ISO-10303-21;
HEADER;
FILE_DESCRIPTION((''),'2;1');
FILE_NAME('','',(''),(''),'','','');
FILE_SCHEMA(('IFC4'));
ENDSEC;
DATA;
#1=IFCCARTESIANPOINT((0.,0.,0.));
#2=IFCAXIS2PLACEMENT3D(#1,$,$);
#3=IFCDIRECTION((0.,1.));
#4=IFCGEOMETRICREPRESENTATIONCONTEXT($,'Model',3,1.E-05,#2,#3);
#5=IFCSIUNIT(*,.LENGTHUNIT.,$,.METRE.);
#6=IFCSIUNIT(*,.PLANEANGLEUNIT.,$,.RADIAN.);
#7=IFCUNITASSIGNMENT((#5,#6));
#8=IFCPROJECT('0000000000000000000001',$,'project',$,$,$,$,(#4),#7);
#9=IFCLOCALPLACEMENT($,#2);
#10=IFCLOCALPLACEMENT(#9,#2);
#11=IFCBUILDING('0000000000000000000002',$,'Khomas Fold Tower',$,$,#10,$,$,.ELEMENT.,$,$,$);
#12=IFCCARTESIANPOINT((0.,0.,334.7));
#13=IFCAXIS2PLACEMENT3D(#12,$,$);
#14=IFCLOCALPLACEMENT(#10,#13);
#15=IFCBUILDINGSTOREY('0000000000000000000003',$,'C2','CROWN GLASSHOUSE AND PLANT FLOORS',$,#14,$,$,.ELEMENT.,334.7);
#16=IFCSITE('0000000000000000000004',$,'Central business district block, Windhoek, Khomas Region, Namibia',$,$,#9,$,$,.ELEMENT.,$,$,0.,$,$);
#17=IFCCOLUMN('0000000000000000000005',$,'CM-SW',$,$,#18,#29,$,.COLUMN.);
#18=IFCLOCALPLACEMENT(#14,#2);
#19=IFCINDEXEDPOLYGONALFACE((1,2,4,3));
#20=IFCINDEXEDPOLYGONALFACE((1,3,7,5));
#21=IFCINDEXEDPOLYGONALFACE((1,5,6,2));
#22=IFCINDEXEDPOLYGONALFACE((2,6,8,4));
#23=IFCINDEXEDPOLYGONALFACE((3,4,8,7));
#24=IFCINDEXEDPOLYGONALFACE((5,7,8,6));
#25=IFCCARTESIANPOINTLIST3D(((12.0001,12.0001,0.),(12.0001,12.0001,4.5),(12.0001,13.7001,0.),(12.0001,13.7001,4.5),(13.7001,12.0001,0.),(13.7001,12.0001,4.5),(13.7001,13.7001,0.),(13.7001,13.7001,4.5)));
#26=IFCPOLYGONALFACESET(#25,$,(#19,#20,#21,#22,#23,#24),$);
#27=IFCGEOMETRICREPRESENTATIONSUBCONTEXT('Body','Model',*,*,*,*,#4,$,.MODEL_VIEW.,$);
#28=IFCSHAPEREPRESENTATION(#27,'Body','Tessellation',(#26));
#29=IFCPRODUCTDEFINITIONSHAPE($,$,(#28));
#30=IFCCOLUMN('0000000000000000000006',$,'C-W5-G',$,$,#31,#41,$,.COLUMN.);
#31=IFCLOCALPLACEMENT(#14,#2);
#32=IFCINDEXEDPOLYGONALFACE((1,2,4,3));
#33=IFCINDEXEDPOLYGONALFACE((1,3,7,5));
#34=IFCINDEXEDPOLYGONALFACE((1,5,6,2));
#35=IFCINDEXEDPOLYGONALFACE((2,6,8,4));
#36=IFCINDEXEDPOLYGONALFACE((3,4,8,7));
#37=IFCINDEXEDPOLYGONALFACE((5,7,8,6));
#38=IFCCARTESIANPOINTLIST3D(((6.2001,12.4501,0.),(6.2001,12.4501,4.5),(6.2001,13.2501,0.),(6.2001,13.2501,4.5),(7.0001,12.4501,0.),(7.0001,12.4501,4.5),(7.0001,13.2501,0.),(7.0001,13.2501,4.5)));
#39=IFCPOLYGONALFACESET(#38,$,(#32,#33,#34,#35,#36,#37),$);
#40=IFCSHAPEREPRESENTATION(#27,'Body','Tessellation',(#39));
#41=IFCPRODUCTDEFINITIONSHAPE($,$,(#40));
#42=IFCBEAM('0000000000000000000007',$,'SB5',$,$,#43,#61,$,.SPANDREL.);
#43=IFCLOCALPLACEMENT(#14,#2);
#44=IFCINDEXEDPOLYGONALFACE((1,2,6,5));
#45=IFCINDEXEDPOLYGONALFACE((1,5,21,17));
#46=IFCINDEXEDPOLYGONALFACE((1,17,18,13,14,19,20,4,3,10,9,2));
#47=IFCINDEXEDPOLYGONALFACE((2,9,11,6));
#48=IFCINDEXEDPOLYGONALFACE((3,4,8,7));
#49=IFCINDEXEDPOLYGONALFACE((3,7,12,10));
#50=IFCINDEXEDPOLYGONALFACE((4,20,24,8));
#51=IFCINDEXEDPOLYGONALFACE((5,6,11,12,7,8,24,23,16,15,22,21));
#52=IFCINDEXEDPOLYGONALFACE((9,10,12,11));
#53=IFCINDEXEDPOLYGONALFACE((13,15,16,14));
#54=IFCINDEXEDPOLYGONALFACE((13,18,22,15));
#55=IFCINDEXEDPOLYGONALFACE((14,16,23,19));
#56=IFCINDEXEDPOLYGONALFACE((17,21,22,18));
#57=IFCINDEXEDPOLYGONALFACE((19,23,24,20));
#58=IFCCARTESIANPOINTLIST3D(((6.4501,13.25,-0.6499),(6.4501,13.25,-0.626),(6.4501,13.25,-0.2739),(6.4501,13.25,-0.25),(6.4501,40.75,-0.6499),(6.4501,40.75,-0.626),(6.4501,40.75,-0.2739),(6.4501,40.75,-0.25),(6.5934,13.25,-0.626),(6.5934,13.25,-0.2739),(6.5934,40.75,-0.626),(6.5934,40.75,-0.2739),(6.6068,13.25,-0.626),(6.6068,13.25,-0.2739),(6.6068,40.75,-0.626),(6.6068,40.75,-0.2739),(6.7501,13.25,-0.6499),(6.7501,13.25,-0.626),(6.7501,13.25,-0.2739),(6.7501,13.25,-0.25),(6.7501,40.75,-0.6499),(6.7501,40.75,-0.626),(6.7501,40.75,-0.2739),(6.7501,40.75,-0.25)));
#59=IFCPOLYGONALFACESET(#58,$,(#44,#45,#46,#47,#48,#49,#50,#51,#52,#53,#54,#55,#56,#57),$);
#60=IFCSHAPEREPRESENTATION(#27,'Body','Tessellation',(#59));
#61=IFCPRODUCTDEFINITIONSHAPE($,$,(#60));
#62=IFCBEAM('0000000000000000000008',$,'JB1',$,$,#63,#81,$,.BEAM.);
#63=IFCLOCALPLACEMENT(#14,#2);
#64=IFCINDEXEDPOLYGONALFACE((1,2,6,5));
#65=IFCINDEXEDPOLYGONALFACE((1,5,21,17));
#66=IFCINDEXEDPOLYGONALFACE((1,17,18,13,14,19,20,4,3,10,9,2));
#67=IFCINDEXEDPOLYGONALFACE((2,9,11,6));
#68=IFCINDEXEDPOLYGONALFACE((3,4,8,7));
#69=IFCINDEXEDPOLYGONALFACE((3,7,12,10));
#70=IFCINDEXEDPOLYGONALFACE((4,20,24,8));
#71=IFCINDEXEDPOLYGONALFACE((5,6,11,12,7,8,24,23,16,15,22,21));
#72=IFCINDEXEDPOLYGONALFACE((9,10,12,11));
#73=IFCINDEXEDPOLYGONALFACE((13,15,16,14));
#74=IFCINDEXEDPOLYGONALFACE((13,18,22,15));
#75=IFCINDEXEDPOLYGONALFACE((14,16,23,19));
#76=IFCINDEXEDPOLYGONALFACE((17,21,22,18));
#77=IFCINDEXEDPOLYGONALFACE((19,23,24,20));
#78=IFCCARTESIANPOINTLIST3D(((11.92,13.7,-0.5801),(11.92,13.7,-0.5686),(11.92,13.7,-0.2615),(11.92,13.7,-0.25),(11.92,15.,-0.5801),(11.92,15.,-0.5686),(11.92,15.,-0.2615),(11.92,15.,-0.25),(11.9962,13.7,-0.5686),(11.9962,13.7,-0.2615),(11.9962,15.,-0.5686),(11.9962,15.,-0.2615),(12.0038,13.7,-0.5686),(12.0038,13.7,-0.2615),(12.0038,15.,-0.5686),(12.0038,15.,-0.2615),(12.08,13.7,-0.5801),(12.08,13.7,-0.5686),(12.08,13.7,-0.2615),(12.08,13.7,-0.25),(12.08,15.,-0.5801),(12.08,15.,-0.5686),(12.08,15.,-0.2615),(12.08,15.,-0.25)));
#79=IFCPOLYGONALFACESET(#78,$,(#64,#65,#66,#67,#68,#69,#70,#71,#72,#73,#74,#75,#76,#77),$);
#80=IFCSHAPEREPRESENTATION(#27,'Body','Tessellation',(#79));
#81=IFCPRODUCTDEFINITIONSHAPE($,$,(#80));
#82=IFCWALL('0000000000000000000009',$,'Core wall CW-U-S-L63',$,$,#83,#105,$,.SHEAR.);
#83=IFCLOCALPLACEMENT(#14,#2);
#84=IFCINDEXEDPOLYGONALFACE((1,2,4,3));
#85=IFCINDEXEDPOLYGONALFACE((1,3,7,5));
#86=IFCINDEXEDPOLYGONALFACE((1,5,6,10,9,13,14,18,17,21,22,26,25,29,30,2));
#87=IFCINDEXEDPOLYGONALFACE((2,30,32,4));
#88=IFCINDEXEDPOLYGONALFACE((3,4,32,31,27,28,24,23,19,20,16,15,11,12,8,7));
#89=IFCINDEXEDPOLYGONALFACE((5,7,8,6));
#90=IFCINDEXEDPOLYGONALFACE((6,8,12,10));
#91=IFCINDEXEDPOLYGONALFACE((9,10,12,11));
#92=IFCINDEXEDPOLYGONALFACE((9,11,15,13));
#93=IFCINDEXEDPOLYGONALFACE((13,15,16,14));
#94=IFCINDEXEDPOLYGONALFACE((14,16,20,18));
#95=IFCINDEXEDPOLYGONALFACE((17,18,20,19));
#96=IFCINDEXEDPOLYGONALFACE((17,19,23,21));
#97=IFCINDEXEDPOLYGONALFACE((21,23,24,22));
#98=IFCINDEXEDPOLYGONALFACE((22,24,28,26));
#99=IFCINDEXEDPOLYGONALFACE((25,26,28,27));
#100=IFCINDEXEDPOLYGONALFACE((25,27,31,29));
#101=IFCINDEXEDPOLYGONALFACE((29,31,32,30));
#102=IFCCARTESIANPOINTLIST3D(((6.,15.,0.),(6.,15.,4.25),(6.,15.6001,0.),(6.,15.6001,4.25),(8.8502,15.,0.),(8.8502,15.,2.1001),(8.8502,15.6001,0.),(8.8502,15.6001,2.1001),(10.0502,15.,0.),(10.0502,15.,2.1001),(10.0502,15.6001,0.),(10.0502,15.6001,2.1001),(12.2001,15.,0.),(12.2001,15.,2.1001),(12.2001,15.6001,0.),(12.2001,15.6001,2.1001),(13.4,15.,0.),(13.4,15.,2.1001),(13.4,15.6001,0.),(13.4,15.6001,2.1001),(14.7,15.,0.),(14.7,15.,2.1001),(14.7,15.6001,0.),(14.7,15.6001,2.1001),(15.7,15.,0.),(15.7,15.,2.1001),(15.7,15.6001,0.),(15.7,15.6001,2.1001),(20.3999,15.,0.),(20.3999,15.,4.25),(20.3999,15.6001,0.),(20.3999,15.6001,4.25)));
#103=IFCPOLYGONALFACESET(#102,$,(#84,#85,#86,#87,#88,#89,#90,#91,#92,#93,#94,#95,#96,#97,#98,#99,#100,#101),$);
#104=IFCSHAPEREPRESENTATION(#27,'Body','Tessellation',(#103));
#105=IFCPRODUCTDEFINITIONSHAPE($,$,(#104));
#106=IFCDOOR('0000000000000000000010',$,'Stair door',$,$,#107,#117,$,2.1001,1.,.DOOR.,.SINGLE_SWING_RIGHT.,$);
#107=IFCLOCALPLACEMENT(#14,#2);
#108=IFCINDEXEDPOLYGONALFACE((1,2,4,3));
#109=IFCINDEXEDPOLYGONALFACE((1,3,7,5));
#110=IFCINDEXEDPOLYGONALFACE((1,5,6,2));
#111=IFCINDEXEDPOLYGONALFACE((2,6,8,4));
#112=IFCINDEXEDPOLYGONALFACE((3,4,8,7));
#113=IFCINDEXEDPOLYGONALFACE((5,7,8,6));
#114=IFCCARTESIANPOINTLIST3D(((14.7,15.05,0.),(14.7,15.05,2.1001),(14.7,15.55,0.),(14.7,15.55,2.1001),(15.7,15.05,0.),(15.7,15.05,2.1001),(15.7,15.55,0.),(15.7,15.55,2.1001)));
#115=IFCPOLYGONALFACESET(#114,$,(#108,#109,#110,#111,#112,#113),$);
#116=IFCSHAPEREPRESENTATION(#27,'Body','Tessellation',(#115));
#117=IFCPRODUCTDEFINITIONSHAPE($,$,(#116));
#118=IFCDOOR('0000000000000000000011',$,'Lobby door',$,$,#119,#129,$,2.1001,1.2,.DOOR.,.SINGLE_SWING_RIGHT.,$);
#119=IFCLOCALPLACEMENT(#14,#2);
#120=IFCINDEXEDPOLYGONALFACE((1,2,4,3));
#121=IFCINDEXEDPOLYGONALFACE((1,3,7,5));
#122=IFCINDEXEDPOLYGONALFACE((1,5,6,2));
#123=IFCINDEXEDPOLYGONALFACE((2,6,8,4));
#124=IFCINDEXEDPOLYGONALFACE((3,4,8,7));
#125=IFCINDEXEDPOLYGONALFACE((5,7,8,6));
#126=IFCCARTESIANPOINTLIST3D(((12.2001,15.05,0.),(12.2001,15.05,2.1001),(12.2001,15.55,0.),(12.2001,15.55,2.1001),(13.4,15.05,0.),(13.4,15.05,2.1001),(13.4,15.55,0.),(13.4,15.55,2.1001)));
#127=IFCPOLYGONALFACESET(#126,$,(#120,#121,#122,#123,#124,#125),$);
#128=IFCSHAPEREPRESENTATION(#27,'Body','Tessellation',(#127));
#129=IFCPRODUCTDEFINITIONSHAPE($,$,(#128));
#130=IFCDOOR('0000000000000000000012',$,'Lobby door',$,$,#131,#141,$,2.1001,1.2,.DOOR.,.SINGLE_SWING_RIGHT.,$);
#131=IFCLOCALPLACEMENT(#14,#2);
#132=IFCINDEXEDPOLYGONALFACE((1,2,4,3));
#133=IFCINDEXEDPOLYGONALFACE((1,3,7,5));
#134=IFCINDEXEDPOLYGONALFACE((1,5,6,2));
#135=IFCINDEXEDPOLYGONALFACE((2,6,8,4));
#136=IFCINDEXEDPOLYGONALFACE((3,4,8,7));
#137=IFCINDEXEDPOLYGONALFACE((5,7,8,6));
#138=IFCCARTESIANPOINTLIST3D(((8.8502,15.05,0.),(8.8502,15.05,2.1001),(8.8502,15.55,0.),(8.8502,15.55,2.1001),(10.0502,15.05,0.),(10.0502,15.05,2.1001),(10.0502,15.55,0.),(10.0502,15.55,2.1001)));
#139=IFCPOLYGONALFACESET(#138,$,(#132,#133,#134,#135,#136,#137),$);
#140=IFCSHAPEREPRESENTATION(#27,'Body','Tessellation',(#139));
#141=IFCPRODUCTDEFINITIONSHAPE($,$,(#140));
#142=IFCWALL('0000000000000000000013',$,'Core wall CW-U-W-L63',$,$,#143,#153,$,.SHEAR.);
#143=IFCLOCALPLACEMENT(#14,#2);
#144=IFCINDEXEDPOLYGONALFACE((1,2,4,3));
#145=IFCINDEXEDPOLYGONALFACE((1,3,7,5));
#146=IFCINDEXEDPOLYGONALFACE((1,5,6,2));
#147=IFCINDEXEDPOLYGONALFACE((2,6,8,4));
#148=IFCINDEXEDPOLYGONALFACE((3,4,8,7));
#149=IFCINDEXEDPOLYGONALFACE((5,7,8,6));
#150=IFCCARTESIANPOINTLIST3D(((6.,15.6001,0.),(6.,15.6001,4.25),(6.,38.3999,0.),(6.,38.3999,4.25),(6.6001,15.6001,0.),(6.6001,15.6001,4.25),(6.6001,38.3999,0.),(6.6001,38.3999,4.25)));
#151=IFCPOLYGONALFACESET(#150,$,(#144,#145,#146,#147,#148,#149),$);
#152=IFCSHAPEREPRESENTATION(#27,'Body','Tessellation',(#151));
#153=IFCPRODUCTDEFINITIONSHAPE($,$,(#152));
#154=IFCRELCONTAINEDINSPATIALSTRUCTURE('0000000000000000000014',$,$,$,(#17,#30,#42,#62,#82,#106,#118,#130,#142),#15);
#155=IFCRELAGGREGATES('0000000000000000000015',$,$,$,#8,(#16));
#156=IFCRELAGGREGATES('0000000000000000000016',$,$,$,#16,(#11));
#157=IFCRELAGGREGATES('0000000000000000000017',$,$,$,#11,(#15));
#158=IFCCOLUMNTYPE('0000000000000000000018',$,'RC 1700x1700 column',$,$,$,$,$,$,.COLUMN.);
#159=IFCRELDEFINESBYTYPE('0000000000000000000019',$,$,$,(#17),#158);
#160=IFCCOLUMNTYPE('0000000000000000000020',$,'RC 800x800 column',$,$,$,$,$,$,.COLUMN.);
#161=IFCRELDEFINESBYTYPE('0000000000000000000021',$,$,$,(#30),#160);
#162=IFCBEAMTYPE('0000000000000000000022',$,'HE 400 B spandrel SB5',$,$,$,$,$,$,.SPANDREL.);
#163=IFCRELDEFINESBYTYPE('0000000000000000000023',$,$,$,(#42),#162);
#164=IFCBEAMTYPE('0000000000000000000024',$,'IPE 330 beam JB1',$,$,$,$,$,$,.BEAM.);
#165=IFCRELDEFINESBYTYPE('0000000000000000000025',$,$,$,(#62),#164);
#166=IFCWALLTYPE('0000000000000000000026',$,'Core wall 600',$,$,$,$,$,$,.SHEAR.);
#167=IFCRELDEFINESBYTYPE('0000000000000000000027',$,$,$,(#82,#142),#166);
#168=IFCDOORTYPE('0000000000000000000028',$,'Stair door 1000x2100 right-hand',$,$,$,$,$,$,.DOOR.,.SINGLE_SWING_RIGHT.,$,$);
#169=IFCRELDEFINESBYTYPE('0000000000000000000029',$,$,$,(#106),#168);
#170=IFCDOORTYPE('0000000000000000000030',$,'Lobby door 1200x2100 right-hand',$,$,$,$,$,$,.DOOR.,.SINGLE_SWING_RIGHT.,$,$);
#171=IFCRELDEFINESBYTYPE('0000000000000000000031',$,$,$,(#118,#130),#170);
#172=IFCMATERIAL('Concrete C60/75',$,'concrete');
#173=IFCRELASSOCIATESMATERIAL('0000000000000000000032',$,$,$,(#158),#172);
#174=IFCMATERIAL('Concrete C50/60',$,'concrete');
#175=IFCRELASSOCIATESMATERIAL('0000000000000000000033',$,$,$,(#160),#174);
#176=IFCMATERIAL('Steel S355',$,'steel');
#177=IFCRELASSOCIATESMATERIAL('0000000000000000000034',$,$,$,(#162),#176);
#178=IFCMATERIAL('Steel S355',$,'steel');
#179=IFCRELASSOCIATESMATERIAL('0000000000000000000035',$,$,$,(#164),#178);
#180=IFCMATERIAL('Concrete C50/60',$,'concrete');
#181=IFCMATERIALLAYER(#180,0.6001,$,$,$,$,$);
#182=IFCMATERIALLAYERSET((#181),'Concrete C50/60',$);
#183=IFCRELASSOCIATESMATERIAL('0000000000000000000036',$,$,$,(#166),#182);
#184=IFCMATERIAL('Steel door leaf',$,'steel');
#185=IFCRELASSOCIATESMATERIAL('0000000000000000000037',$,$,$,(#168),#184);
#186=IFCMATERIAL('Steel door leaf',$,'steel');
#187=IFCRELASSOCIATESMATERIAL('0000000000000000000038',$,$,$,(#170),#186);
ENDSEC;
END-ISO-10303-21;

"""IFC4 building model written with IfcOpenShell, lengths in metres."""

from ifc_helpers import new_model, si_unit, direction, frame, frame_2d, origin, origin_2d, place, context, subcontext, project, spatial, rectangle, i_section, extrude, source, transform, mapped, material, layer, layer_set, material_profile, profile_set, type_object, element, fill, save


model = new_model("IFC4")

# Units and contexts
model_context = context("Model", 3, precision=1e-05, world=origin(), true_north=direction((0.0, 1.0)))
body_context = subcontext(model_context, "Body", "Model", "MODEL_VIEW")
ifc_project = project(units=[si_unit("LENGTHUNIT", "METRE"), si_unit("PLANEANGLEUNIT", "RADIAN")], contexts=[model_context])

# Site, building, storey
site_placement = place(None, origin())
site = spatial("IfcSite", under=ifc_project, at=site_placement, Name="Central business district block, Windhoek, Khomas Region, Namibia", CompositionType="ELEMENT", RefElevation=0.0)
building_placement = place(site_placement, origin())
building = spatial("IfcBuilding", under=site, at=building_placement, Name="Khomas Fold Tower", CompositionType="ELEMENT")
storey_placement = place(building_placement, frame((0.0, 0.0, 334.7)))
storey = spatial("IfcBuildingStorey", under=building, at=storey_placement, Name="C2", Description="CROWN GLASSHOUSE AND PLANT FLOORS", CompositionType="ELEMENT", Elevation=334.7)

# Columns
ifc_material_1 = material(Name="Concrete C60/75", Category="concrete")
ifc_material_profile_1 = material_profile(ifc_material_1, rectangle(XDim=1.7, YDim=1.7, at=origin_2d()), Name="RC 1700x1700")
ifc_profile_set_1 = profile_set([ifc_material_profile_1], Name="Concrete C60/75")
column_type_1 = type_object("IfcColumnType", Name="RC 1700x1700 column", PredefinedType="COLUMN", material=ifc_profile_set_1)
shared_shape_1 = source(origin(), body_context, "Body", "SweptSolid", [
    extrude(rectangle(XDim=1.7, YDim=1.7, at=origin_2d()), origin(), (0.0, 0.0, 1.0), 4.5),
])
column_1_placement = place(storey_placement, frame((12.8501, 12.8501, 0.0), z_axis=(0.0, 0.0, 1.0), x_axis=(1.0, 0.0, 0.0)))
element("IfcColumn", 1, at=column_1_placement, inside=storey, type_object=column_type_1, Name="CM-SW", PredefinedType="COLUMN", context=body_context, shape_type="MappedRepresentation", body=[
    mapped(shared_shape_1, transform((0.0, 0.0, 0.0))),
])
ifc_material_2 = material(Name="Concrete C50/60", Category="concrete")
ifc_material_profile_2 = material_profile(ifc_material_2, rectangle(XDim=0.8, YDim=0.8, at=origin_2d()), Name="RC 800x800")
ifc_profile_set_2 = profile_set([ifc_material_profile_2], Name="Concrete C50/60")
column_type_2 = type_object("IfcColumnType", Name="RC 800x800 column", PredefinedType="COLUMN", material=ifc_profile_set_2)
shared_shape_2 = source(origin(), body_context, "Body", "SweptSolid", [
    extrude(rectangle(XDim=0.8, YDim=0.8, at=origin_2d()), origin(), (0.0, 0.0, 1.0), 4.5),
])
column_2_placement = place(storey_placement, frame((6.6001, 12.8501, 0.0), z_axis=(0.0, 0.0, 1.0), x_axis=(1.0, 0.0, 0.0)))
element("IfcColumn", 2, at=column_2_placement, inside=storey, type_object=column_type_2, Name="C-W5-G", PredefinedType="COLUMN", context=body_context, shape_type="MappedRepresentation", body=[
    mapped(shared_shape_2, transform((0.0, 0.0, 0.0))),
])

# Beams
ifc_material_3 = material(Name="Steel S355", Category="steel")
ifc_material_profile_3 = material_profile(ifc_material_3, i_section(OverallWidth=0.3, OverallDepth=0.3999, WebThickness=0.0134, FlangeThickness=0.0239, at=origin_2d()), Name="HE 400 B")
ifc_profile_set_3 = profile_set([ifc_material_profile_3], Name="Steel S355")
beam_type_1 = type_object("IfcBeamType", Name="HE 400 B spandrel SB5", PredefinedType="SPANDREL", material=ifc_profile_set_3)
shared_shape_3 = source(origin(), body_context, "Body", "SweptSolid", [
    extrude(i_section(OverallWidth=0.3, OverallDepth=0.3999, WebThickness=0.0134, FlangeThickness=0.0239, at=origin_2d()), origin(), (0.0, 0.0, 1.0), 27.5),
])
beam_1_placement = place(storey_placement, frame((6.6001, 13.25, -0.45), z_axis=(0.0, 1.0, 0.0), x_axis=(-1.0, 0.0, 0.0)))
element("IfcBeam", 3, at=beam_1_placement, inside=storey, type_object=beam_type_1, Name="SB5", PredefinedType="SPANDREL", context=body_context, shape_type="MappedRepresentation", body=[
    mapped(shared_shape_3, transform((0.0, 0.0, 0.0))),
])
ifc_material_4 = material(Name="Steel S355", Category="steel")
ifc_material_profile_4 = material_profile(ifc_material_4, i_section(OverallWidth=0.1599, OverallDepth=0.3301, WebThickness=0.0076, FlangeThickness=0.0115, at=origin_2d()), Name="IPE 330")
ifc_profile_set_4 = profile_set([ifc_material_profile_4], Name="Steel S355")
beam_type_2 = type_object("IfcBeamType", Name="IPE 330 beam JB1", PredefinedType="BEAM", material=ifc_profile_set_4)
shared_shape_4 = source(origin(), body_context, "Body", "SweptSolid", [
    extrude(i_section(OverallWidth=0.1599, OverallDepth=0.3301, WebThickness=0.0076, FlangeThickness=0.0115, at=origin_2d()), origin(), (0.0, 0.0, 1.0), 1.3),
])
beam_2_placement = place(storey_placement, frame((12.0, 13.7, -0.415), z_axis=(0.0, 1.0, 0.0), x_axis=(-1.0, 0.0, 0.0)))
element("IfcBeam", 4, at=beam_2_placement, inside=storey, type_object=beam_type_2, Name="JB1", PredefinedType="BEAM", context=body_context, shape_type="MappedRepresentation", body=[
    mapped(shared_shape_4, transform((0.0, 0.0, 0.0))),
])

# Wall, openings, doors
ifc_material_5 = material(Name="Concrete C50/60", Category="concrete")
ifc_layer_1 = layer(ifc_material_5, 0.6001)
ifc_layer_set_1 = layer_set([ifc_layer_1], Name="Concrete C50/60")
wall_type_1 = type_object("IfcWallType", Name="Core wall 600", PredefinedType="SHEAR", material=ifc_layer_set_1)
shared_shape_5 = source(origin(), body_context, "Body", "SweptSolid", [
    extrude(rectangle(XDim=14.3999, YDim=0.6001, at=frame_2d((7.2, 0.0))), origin(), (0.0, 0.0, 1.0), 4.25),
])
wall_1_placement = place(storey_placement, frame((6.0, 15.3, 0.0), z_axis=(0.0, 0.0, 1.0), x_axis=(1.0, 0.0, 0.0)))
wall_1 = element("IfcWall", 5, at=wall_1_placement, inside=storey, type_object=wall_type_1, Name="Core wall CW-U-S-L63", PredefinedType="SHEAR", context=body_context, shape_type="MappedRepresentation", body=[
    mapped(shared_shape_5, transform((0.0, 0.0, 0.0))),
])
shared_shape_6 = source(origin(), body_context, "Body", "SweptSolid", [
    extrude(rectangle(XDim=1.2, YDim=2.1001, at=frame_2d((0.6001, 1.05))), frame((0.0, 0.3101, 0.0), z_axis=(0.0, -1.0, 0.0), x_axis=(1.0, 0.0, 0.0)), (0.0, 0.0, 1.0), 0.6201),
])
opening_1_placement = place(wall_1_placement, frame((6.2, 0.0, 0.0)))
opening_1 = element("IfcOpeningElement", 6, at=opening_1_placement, cuts=wall_1, PredefinedType="OPENING", context=body_context, shape_type="MappedRepresentation", body=[
    mapped(shared_shape_6, transform((0.0, 0.0, 0.0))),
])
opening_2_placement = place(wall_1_placement, frame((2.8501, 0.0, 0.0)))
opening_2 = element("IfcOpeningElement", 7, at=opening_2_placement, cuts=wall_1, PredefinedType="OPENING", context=body_context, shape_type="MappedRepresentation", body=[
    mapped(shared_shape_6, transform((0.0, 0.0, 0.0))),
])
shared_shape_7 = source(origin(), body_context, "Body", "SweptSolid", [
    extrude(rectangle(XDim=1.0, YDim=2.1001, at=frame_2d((0.5, 1.05))), frame((0.0, 0.3101, 0.0), z_axis=(0.0, -1.0, 0.0), x_axis=(1.0, 0.0, 0.0)), (0.0, 0.0, 1.0), 0.6201),
])
opening_3_placement = place(wall_1_placement, frame((8.7, 0.0, 0.0)))
opening_3 = element("IfcOpeningElement", 8, at=opening_3_placement, cuts=wall_1, PredefinedType="OPENING", context=body_context, shape_type="MappedRepresentation", body=[
    mapped(shared_shape_7, transform((0.0, 0.0, 0.0))),
])
ifc_material_6 = material(Name="Steel door leaf", Category="steel")
door_type_1 = type_object("IfcDoorType", Name="Stair door 1000x2100 right-hand", OperationType="SINGLE_SWING_RIGHT", PredefinedType="DOOR", material=ifc_material_6)
shared_shape_8 = source(origin(), body_context, "Body", "SweptSolid", [
    extrude(rectangle(XDim=1.0, YDim=2.1001, at=frame_2d((0.5, 1.05))), frame((0.0, 0.25, 0.0), z_axis=(0.0, -1.0, 0.0), x_axis=(1.0, 0.0, 0.0)), (0.0, 0.0, 1.0), 0.5),
])
door_1_placement = place(opening_3_placement, origin())
door_1 = element("IfcDoor", 9, at=door_1_placement, inside=storey, type_object=door_type_1, Name="Stair door", OperationType="SINGLE_SWING_RIGHT", OverallHeight=2.1001, OverallWidth=1.0, PredefinedType="DOOR", context=body_context, shape_type="MappedRepresentation", body=[
    mapped(shared_shape_8, transform((0.0, 0.0, 0.0))),
])
fill(opening_3, door_1)
ifc_material_7 = material(Name="Steel door leaf", Category="steel")
door_type_2 = type_object("IfcDoorType", Name="Lobby door 1200x2100 right-hand", OperationType="SINGLE_SWING_RIGHT", PredefinedType="DOOR", material=ifc_material_7)
shared_shape_9 = source(origin(), body_context, "Body", "SweptSolid", [
    extrude(rectangle(XDim=1.2, YDim=2.1001, at=frame_2d((0.6001, 1.05))), frame((0.0, 0.25, 0.0), z_axis=(0.0, -1.0, 0.0), x_axis=(1.0, 0.0, 0.0)), (0.0, 0.0, 1.0), 0.5),
])
door_2_placement = place(opening_1_placement, origin())
door_2 = element("IfcDoor", 10, at=door_2_placement, inside=storey, type_object=door_type_2, Name="Lobby door", OperationType="SINGLE_SWING_RIGHT", OverallHeight=2.1001, OverallWidth=1.2, PredefinedType="DOOR", context=body_context, shape_type="MappedRepresentation", body=[
    mapped(shared_shape_9, transform((0.0, 0.0, 0.0))),
])
fill(opening_1, door_2)
door_3_placement = place(opening_2_placement, origin())
door_3 = element("IfcDoor", 11, at=door_3_placement, inside=storey, type_object=door_type_2, Name="Lobby door", OperationType="SINGLE_SWING_RIGHT", OverallHeight=2.1001, OverallWidth=1.2, PredefinedType="DOOR", context=body_context, shape_type="MappedRepresentation", body=[
    mapped(shared_shape_9, transform((0.0, 0.0, 0.0))),
])
fill(opening_2, door_3)

# Wall
shared_shape_10 = source(origin(), body_context, "Body", "SweptSolid", [
    extrude(rectangle(XDim=22.7998, YDim=0.6001, at=frame_2d((11.3999, 0.0))), origin(), (0.0, 0.0, 1.0), 4.25),
])
wall_2_placement = place(storey_placement, frame((6.3, 15.6001, 0.0), z_axis=(0.0, 0.0, 1.0), x_axis=(0.0, 1.0, 0.0)))
element("IfcWall", 12, at=wall_2_placement, inside=storey, type_object=wall_type_1, Name="Core wall CW-U-W-L63", PredefinedType="SHEAR", context=body_context, shape_type="MappedRepresentation", body=[
    mapped(shared_shape_10, transform((0.0, 0.0, 0.0))),
])

save(model, "model.ifc")
